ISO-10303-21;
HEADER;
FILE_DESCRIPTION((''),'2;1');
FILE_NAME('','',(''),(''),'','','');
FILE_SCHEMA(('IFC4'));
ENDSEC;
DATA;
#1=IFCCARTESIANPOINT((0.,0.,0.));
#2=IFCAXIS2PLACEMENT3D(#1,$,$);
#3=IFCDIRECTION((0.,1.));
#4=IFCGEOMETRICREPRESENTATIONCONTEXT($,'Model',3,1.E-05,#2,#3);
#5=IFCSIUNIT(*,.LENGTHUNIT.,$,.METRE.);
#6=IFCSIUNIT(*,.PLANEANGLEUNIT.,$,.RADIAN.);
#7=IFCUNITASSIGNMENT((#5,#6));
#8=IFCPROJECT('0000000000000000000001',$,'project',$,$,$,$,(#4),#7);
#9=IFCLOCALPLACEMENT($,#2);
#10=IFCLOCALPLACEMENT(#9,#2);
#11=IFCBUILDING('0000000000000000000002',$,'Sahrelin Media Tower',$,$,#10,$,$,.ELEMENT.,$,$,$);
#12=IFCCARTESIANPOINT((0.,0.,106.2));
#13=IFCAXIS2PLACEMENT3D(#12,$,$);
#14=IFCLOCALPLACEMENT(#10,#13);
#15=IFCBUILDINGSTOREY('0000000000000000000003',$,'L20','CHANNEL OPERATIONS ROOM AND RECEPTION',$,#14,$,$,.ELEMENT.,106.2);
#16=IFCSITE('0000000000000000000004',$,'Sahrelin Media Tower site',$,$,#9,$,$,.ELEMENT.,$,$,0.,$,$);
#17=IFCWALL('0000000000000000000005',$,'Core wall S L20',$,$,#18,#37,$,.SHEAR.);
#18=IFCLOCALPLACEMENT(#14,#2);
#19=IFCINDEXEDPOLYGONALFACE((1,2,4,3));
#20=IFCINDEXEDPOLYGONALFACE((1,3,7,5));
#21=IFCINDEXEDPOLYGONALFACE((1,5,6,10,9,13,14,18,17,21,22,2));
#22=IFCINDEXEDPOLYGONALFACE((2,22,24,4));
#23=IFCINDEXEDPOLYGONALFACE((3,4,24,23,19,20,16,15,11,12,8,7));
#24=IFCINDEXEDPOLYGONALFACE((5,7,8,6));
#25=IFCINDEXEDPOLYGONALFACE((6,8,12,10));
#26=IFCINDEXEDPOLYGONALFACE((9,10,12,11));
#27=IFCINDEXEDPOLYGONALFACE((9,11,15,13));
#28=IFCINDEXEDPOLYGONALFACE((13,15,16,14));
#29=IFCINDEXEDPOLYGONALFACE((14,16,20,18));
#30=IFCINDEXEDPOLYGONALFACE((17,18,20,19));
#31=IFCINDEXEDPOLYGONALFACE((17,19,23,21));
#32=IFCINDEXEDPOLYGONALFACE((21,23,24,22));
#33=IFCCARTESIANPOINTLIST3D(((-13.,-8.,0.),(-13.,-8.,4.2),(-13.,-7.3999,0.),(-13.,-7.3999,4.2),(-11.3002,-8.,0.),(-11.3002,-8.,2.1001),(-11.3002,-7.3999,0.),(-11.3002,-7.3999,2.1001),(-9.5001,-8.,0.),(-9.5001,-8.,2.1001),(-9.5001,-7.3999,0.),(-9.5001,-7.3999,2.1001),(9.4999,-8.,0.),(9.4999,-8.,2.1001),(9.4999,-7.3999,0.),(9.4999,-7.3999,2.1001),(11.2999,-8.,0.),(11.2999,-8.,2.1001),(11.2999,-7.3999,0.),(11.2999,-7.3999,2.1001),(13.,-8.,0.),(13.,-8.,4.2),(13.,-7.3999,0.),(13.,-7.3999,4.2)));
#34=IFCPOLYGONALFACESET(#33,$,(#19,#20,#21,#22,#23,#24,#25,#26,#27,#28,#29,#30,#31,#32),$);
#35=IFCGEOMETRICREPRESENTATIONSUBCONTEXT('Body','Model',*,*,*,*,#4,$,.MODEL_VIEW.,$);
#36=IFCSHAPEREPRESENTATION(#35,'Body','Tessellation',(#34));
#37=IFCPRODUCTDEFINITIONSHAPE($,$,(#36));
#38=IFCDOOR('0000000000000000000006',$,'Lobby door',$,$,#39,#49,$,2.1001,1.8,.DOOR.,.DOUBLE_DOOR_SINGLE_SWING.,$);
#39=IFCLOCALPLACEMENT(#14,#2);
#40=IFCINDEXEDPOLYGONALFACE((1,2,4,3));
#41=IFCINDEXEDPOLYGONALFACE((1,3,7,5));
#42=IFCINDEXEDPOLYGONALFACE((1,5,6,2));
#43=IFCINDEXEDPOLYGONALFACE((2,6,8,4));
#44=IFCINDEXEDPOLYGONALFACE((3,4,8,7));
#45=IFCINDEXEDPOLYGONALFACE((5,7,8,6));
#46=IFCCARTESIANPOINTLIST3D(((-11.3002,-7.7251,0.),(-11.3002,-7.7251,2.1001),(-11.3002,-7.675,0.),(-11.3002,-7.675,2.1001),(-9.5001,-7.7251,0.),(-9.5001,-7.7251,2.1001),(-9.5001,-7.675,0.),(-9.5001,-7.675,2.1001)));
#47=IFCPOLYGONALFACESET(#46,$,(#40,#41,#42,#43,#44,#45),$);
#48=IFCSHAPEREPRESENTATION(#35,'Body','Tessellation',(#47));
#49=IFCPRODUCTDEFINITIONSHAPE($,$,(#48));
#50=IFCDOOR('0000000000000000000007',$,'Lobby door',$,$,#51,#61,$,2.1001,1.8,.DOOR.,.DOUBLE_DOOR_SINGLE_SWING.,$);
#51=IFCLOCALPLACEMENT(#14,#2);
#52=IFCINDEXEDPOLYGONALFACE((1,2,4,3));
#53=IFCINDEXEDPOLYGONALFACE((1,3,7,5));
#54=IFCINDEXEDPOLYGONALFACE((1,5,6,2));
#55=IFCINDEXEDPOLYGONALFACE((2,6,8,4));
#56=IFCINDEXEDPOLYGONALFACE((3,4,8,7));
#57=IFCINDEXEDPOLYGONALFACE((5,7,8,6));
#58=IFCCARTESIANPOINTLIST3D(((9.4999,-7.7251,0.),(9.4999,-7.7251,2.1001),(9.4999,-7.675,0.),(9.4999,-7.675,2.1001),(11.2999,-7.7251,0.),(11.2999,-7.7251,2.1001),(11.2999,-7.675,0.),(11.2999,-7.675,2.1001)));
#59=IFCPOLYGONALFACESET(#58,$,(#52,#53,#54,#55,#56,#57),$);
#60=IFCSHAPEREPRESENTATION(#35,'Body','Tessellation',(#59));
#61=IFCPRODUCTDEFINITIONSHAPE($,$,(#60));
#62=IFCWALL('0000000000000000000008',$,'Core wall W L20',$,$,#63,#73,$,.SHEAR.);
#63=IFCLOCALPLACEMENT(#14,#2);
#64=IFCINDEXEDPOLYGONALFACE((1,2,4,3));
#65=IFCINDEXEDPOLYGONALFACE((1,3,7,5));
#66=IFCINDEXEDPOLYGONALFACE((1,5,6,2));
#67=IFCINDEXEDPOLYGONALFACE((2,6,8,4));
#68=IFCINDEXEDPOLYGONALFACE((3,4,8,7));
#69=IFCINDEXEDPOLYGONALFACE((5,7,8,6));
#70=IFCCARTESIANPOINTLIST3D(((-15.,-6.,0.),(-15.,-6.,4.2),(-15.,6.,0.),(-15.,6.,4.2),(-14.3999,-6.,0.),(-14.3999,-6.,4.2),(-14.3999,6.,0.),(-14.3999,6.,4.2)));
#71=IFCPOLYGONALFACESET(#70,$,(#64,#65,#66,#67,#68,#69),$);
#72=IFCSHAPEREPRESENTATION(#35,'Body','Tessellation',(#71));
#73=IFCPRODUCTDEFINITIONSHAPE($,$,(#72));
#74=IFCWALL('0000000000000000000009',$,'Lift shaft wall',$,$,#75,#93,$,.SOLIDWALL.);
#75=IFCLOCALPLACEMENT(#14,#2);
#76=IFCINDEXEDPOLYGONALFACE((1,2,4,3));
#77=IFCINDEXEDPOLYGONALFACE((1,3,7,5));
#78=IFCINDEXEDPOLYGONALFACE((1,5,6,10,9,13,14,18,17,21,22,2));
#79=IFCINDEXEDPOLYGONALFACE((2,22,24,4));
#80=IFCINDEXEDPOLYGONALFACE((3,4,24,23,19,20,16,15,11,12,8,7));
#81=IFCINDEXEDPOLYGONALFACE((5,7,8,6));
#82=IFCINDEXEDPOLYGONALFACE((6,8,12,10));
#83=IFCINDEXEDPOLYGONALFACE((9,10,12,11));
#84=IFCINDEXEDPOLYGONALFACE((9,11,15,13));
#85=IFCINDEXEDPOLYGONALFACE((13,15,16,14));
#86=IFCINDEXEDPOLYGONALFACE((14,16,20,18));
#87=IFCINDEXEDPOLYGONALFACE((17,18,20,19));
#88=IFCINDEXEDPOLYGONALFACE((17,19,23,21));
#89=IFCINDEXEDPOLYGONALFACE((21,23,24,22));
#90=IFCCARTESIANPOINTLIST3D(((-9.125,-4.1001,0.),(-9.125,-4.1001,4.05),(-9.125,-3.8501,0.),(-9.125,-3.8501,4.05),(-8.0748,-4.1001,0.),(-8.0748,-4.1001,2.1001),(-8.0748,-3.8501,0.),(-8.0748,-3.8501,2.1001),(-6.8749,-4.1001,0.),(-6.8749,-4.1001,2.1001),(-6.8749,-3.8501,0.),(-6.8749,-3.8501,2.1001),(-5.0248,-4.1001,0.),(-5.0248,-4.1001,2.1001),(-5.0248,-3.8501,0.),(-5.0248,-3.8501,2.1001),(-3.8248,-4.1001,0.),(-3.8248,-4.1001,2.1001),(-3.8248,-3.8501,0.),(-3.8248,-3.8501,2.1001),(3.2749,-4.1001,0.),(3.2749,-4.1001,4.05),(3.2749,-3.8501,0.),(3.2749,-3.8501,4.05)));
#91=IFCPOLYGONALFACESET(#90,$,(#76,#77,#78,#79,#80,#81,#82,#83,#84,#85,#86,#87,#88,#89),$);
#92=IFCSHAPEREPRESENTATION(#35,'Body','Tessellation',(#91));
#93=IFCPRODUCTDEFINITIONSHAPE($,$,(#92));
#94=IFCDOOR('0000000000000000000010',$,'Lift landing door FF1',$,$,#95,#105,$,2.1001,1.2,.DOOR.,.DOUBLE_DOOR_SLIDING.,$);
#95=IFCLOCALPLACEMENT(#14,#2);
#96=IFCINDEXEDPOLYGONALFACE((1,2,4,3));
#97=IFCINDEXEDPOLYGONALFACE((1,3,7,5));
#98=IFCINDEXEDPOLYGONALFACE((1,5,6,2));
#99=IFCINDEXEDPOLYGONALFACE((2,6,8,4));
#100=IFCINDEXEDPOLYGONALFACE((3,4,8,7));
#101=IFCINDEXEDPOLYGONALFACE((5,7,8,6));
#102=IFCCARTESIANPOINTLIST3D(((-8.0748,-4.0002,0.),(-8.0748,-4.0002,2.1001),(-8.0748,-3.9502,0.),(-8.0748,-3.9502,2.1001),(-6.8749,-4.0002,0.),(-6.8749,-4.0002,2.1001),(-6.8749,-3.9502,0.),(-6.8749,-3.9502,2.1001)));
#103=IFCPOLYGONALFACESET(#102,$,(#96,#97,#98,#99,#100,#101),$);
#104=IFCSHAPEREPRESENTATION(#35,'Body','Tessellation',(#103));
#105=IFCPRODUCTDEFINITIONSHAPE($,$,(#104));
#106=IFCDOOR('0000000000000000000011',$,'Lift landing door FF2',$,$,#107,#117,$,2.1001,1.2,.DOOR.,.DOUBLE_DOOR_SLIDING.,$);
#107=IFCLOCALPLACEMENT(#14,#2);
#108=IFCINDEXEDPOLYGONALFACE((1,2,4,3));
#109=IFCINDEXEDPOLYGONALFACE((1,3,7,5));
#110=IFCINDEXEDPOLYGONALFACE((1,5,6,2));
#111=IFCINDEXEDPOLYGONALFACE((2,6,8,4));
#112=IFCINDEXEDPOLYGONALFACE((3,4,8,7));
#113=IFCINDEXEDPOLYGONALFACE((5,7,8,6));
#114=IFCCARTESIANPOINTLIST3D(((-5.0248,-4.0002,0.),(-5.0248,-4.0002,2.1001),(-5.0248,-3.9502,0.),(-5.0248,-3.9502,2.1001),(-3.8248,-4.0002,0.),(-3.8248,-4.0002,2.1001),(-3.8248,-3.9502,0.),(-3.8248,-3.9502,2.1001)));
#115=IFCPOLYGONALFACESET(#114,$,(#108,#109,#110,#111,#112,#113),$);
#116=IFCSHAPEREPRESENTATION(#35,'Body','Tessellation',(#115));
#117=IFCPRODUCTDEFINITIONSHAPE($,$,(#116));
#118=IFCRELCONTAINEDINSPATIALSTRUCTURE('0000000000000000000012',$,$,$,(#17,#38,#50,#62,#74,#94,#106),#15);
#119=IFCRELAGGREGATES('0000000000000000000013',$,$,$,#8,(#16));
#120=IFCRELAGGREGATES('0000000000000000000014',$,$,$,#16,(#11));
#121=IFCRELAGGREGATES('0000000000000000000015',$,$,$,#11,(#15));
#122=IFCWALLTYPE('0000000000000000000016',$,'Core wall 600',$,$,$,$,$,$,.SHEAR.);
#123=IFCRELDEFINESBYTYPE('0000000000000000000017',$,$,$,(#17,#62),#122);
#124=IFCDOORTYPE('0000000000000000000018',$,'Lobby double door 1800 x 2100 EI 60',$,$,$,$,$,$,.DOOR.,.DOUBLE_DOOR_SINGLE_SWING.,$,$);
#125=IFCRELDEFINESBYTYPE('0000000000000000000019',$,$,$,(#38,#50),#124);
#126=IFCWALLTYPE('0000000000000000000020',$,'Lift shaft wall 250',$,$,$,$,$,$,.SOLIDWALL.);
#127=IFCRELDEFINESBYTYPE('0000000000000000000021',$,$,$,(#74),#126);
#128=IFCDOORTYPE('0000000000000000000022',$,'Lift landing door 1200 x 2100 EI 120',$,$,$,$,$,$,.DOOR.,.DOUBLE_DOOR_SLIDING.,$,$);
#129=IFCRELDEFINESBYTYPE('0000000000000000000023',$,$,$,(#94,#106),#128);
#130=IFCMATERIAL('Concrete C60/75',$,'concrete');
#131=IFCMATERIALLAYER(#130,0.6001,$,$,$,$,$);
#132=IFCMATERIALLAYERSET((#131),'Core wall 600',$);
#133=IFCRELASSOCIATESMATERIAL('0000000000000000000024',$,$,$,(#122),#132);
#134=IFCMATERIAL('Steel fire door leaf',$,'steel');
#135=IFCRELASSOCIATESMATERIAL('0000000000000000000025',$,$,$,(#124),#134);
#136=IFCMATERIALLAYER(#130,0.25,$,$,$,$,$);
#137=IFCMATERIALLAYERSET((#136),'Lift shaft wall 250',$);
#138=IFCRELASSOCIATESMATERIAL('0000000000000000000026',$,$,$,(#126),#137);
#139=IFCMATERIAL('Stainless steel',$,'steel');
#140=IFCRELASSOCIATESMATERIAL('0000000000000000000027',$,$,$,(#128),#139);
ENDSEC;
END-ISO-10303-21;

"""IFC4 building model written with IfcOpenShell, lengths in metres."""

from ifc_helpers import new_model, si_unit, direction, frame, frame_2d, origin, place, context, subcontext, project, spatial, rectangle, extrude, material, layer, layer_set, type_object, element, fill, save


model = new_model("IFC4")

# Units and contexts
model_context = context("Model", 3, precision=1e-05, world=origin(), true_north=direction((0.0, 1.0)))
body_context = subcontext(model_context, "Body", "Model", "MODEL_VIEW")
ifc_project = project(units=[si_unit("LENGTHUNIT", "METRE"), si_unit("PLANEANGLEUNIT", "RADIAN")], contexts=[model_context])

# Site, building, storey
site_placement = place(None, origin())
site = spatial("IfcSite", under=ifc_project, at=site_placement, Name="Sahrelin Media Tower site", CompositionType="ELEMENT", RefElevation=0.0)
building_placement = place(site_placement, origin())
building = spatial("IfcBuilding", under=site, at=building_placement, Name="Sahrelin Media Tower", CompositionType="ELEMENT")
storey_placement = place(building_placement, frame((0.0, 0.0, 106.2)))
storey = spatial("IfcBuildingStorey", under=building, at=storey_placement, Name="L20", Description="CHANNEL OPERATIONS ROOM AND RECEPTION", CompositionType="ELEMENT", Elevation=106.2)

# Wall, openings, doors
ifc_material_1 = material(Name="Concrete C60/75", Category="concrete")
ifc_layer_1 = layer(ifc_material_1, 0.6001)
ifc_layer_set_1 = layer_set([ifc_layer_1], Name="Core wall 600")
wall_type_1 = type_object("IfcWallType", Name="Core wall 600", PredefinedType="SHEAR", material=ifc_layer_set_1)
wall_1_placement = place(storey_placement, frame((-13.0, -7.7, 0.0), z_axis=(0.0, 0.0, 1.0), x_axis=(1.0, 0.0, 0.0)))
wall_1 = element("IfcWall", 1, at=wall_1_placement, inside=storey, type_object=wall_type_1, Name="Core wall S L20", PredefinedType="SHEAR", context=body_context, shape_type="SweptSolid", body=[
    extrude(rectangle(XDim=26.0, YDim=0.6001, at=frame_2d((13.0, 0.0))), origin(), (0.0, 0.0, 1.0), 4.2),
])
opening_1_placement = place(wall_1_placement, frame((1.7, 0.0, 0.0)))
opening_1 = element("IfcOpeningElement", 2, at=opening_1_placement, cuts=wall_1, PredefinedType="OPENING", context=body_context, shape_type="SweptSolid", body=[
    extrude(rectangle(XDim=1.8, YDim=2.1001, at=frame_2d((0.8999, 1.05))), frame((0.0, 0.3, 0.0), z_axis=(0.0, -1.0, 0.0), x_axis=(1.0, 0.0, 0.0)), (0.0, 0.0, 1.0), 0.6001),
])
opening_2_placement = place(wall_1_placement, frame((22.5, 0.0, 0.0)))
opening_2 = element("IfcOpeningElement", 3, at=opening_2_placement, cuts=wall_1, PredefinedType="OPENING", context=body_context, shape_type="SweptSolid", body=[
    extrude(rectangle(XDim=1.8, YDim=2.1001, at=frame_2d((0.8999, 1.05))), frame((0.0, 0.3, 0.0), z_axis=(0.0, -1.0, 0.0), x_axis=(1.0, 0.0, 0.0)), (0.0, 0.0, 1.0), 0.6001),
])
ifc_material_2 = material(Name="Steel fire door leaf", Category="steel")
door_type_1 = type_object("IfcDoorType", Name="Lobby double door 1800 x 2100 EI 60", OperationType="DOUBLE_DOOR_SINGLE_SWING", PredefinedType="DOOR", material=ifc_material_2)
door_1_placement = place(opening_1_placement, origin())
door_1 = element("IfcDoor", 4, at=door_1_placement, inside=storey, type_object=door_type_1, Name="Lobby door", OperationType="DOUBLE_DOOR_SINGLE_SWING", OverallHeight=2.1001, OverallWidth=1.8, PredefinedType="DOOR", context=body_context, shape_type="SweptSolid", body=[
    extrude(rectangle(XDim=1.8, YDim=2.1001, at=frame_2d((0.8999, 1.05))), frame((0.0, 0.0249, 0.0), z_axis=(0.0, -1.0, 0.0), x_axis=(1.0, 0.0, 0.0)), (0.0, 0.0, 1.0), 0.05),
])
fill(opening_1, door_1)
door_2_placement = place(opening_2_placement, origin())
door_2 = element("IfcDoor", 5, at=door_2_placement, inside=storey, type_object=door_type_1, Name="Lobby door", OperationType="DOUBLE_DOOR_SINGLE_SWING", OverallHeight=2.1001, OverallWidth=1.8, PredefinedType="DOOR", context=body_context, shape_type="SweptSolid", body=[
    extrude(rectangle(XDim=1.8, YDim=2.1001, at=frame_2d((0.8999, 1.05))), frame((0.0, 0.0249, 0.0), z_axis=(0.0, -1.0, 0.0), x_axis=(1.0, 0.0, 0.0)), (0.0, 0.0, 1.0), 0.05),
])
fill(opening_2, door_2)

# Wall
wall_2_placement = place(storey_placement, frame((-14.7, -6.0, 0.0), z_axis=(0.0, 0.0, 1.0), x_axis=(0.0, 1.0, 0.0)))
element("IfcWall", 6, at=wall_2_placement, inside=storey, type_object=wall_type_1, Name="Core wall W L20", PredefinedType="SHEAR", context=body_context, shape_type="SweptSolid", body=[
    extrude(rectangle(XDim=12.0, YDim=0.6001, at=frame_2d((6.0, 0.0))), origin(), (0.0, 0.0, 1.0), 4.2),
])

# Wall, openings, doors
ifc_layer_2 = layer(ifc_material_1, 0.25)
ifc_layer_set_2 = layer_set([ifc_layer_2], Name="Lift shaft wall 250")
wall_type_2 = type_object("IfcWallType", Name="Lift shaft wall 250", PredefinedType="SOLIDWALL", material=ifc_layer_set_2)
wall_3_placement = place(storey_placement, frame((-9.125, -3.9751, 0.0), z_axis=(0.0, 0.0, 1.0), x_axis=(1.0, 0.0, 0.0)))
wall_3 = element("IfcWall", 7, at=wall_3_placement, inside=storey, type_object=wall_type_2, Name="Lift shaft wall", PredefinedType="SOLIDWALL", context=body_context, shape_type="SweptSolid", body=[
    extrude(rectangle(XDim=12.3999, YDim=0.25, at=frame_2d((6.2, 0.0))), origin(), (0.0, 0.0, 1.0), 4.05),
])
opening_3_placement = place(wall_3_placement, frame((1.05, 0.0, 0.0)))
opening_3 = element("IfcOpeningElement", 8, at=opening_3_placement, cuts=wall_3, PredefinedType="OPENING", context=body_context, shape_type="SweptSolid", body=[
    extrude(rectangle(XDim=1.2, YDim=2.1001, at=frame_2d((0.6001, 1.05))), frame((0.0, 0.125, 0.0), z_axis=(0.0, -1.0, 0.0), x_axis=(1.0, 0.0, 0.0)), (0.0, 0.0, 1.0), 0.25),
])
opening_4_placement = place(wall_3_placement, frame((4.1001, 0.0, 0.0)))
opening_4 = element("IfcOpeningElement", 9, at=opening_4_placement, cuts=wall_3, PredefinedType="OPENING", context=body_context, shape_type="SweptSolid", body=[
    extrude(rectangle(XDim=1.2, YDim=2.1001, at=frame_2d((0.6001, 1.05))), frame((0.0, 0.125, 0.0), z_axis=(0.0, -1.0, 0.0), x_axis=(1.0, 0.0, 0.0)), (0.0, 0.0, 1.0), 0.25),
])
ifc_material_3 = material(Name="Stainless steel", Category="steel")
door_type_2 = type_object("IfcDoorType", Name="Lift landing door 1200 x 2100 EI 120", OperationType="DOUBLE_DOOR_SLIDING", PredefinedType="DOOR", material=ifc_material_3)
door_3_placement = place(opening_3_placement, origin())
door_3 = element("IfcDoor", 10, at=door_3_placement, inside=storey, type_object=door_type_2, Name="Lift landing door FF1", OperationType="DOUBLE_DOOR_SLIDING", OverallHeight=2.1001, OverallWidth=1.2, PredefinedType="DOOR", context=body_context, shape_type="SweptSolid", body=[
    extrude(rectangle(XDim=1.2, YDim=2.1001, at=frame_2d((0.6001, 1.05))), frame((0.0, 0.0249, 0.0), z_axis=(0.0, -1.0, 0.0), x_axis=(1.0, 0.0, 0.0)), (0.0, 0.0, 1.0), 0.05),
])
fill(opening_3, door_3)
door_4_placement = place(opening_4_placement, origin())
door_4 = element("IfcDoor", 11, at=door_4_placement, inside=storey, type_object=door_type_2, Name="Lift landing door FF2", OperationType="DOUBLE_DOOR_SLIDING", OverallHeight=2.1001, OverallWidth=1.2, PredefinedType="DOOR", context=body_context, shape_type="SweptSolid", body=[
    extrude(rectangle(XDim=1.2, YDim=2.1001, at=frame_2d((0.6001, 1.05))), frame((0.0, 0.0249, 0.0), z_axis=(0.0, -1.0, 0.0), x_axis=(1.0, 0.0, 0.0)), (0.0, 0.0, 1.0), 0.05),
])
fill(opening_4, door_4)

save(model, "model.ifc")
